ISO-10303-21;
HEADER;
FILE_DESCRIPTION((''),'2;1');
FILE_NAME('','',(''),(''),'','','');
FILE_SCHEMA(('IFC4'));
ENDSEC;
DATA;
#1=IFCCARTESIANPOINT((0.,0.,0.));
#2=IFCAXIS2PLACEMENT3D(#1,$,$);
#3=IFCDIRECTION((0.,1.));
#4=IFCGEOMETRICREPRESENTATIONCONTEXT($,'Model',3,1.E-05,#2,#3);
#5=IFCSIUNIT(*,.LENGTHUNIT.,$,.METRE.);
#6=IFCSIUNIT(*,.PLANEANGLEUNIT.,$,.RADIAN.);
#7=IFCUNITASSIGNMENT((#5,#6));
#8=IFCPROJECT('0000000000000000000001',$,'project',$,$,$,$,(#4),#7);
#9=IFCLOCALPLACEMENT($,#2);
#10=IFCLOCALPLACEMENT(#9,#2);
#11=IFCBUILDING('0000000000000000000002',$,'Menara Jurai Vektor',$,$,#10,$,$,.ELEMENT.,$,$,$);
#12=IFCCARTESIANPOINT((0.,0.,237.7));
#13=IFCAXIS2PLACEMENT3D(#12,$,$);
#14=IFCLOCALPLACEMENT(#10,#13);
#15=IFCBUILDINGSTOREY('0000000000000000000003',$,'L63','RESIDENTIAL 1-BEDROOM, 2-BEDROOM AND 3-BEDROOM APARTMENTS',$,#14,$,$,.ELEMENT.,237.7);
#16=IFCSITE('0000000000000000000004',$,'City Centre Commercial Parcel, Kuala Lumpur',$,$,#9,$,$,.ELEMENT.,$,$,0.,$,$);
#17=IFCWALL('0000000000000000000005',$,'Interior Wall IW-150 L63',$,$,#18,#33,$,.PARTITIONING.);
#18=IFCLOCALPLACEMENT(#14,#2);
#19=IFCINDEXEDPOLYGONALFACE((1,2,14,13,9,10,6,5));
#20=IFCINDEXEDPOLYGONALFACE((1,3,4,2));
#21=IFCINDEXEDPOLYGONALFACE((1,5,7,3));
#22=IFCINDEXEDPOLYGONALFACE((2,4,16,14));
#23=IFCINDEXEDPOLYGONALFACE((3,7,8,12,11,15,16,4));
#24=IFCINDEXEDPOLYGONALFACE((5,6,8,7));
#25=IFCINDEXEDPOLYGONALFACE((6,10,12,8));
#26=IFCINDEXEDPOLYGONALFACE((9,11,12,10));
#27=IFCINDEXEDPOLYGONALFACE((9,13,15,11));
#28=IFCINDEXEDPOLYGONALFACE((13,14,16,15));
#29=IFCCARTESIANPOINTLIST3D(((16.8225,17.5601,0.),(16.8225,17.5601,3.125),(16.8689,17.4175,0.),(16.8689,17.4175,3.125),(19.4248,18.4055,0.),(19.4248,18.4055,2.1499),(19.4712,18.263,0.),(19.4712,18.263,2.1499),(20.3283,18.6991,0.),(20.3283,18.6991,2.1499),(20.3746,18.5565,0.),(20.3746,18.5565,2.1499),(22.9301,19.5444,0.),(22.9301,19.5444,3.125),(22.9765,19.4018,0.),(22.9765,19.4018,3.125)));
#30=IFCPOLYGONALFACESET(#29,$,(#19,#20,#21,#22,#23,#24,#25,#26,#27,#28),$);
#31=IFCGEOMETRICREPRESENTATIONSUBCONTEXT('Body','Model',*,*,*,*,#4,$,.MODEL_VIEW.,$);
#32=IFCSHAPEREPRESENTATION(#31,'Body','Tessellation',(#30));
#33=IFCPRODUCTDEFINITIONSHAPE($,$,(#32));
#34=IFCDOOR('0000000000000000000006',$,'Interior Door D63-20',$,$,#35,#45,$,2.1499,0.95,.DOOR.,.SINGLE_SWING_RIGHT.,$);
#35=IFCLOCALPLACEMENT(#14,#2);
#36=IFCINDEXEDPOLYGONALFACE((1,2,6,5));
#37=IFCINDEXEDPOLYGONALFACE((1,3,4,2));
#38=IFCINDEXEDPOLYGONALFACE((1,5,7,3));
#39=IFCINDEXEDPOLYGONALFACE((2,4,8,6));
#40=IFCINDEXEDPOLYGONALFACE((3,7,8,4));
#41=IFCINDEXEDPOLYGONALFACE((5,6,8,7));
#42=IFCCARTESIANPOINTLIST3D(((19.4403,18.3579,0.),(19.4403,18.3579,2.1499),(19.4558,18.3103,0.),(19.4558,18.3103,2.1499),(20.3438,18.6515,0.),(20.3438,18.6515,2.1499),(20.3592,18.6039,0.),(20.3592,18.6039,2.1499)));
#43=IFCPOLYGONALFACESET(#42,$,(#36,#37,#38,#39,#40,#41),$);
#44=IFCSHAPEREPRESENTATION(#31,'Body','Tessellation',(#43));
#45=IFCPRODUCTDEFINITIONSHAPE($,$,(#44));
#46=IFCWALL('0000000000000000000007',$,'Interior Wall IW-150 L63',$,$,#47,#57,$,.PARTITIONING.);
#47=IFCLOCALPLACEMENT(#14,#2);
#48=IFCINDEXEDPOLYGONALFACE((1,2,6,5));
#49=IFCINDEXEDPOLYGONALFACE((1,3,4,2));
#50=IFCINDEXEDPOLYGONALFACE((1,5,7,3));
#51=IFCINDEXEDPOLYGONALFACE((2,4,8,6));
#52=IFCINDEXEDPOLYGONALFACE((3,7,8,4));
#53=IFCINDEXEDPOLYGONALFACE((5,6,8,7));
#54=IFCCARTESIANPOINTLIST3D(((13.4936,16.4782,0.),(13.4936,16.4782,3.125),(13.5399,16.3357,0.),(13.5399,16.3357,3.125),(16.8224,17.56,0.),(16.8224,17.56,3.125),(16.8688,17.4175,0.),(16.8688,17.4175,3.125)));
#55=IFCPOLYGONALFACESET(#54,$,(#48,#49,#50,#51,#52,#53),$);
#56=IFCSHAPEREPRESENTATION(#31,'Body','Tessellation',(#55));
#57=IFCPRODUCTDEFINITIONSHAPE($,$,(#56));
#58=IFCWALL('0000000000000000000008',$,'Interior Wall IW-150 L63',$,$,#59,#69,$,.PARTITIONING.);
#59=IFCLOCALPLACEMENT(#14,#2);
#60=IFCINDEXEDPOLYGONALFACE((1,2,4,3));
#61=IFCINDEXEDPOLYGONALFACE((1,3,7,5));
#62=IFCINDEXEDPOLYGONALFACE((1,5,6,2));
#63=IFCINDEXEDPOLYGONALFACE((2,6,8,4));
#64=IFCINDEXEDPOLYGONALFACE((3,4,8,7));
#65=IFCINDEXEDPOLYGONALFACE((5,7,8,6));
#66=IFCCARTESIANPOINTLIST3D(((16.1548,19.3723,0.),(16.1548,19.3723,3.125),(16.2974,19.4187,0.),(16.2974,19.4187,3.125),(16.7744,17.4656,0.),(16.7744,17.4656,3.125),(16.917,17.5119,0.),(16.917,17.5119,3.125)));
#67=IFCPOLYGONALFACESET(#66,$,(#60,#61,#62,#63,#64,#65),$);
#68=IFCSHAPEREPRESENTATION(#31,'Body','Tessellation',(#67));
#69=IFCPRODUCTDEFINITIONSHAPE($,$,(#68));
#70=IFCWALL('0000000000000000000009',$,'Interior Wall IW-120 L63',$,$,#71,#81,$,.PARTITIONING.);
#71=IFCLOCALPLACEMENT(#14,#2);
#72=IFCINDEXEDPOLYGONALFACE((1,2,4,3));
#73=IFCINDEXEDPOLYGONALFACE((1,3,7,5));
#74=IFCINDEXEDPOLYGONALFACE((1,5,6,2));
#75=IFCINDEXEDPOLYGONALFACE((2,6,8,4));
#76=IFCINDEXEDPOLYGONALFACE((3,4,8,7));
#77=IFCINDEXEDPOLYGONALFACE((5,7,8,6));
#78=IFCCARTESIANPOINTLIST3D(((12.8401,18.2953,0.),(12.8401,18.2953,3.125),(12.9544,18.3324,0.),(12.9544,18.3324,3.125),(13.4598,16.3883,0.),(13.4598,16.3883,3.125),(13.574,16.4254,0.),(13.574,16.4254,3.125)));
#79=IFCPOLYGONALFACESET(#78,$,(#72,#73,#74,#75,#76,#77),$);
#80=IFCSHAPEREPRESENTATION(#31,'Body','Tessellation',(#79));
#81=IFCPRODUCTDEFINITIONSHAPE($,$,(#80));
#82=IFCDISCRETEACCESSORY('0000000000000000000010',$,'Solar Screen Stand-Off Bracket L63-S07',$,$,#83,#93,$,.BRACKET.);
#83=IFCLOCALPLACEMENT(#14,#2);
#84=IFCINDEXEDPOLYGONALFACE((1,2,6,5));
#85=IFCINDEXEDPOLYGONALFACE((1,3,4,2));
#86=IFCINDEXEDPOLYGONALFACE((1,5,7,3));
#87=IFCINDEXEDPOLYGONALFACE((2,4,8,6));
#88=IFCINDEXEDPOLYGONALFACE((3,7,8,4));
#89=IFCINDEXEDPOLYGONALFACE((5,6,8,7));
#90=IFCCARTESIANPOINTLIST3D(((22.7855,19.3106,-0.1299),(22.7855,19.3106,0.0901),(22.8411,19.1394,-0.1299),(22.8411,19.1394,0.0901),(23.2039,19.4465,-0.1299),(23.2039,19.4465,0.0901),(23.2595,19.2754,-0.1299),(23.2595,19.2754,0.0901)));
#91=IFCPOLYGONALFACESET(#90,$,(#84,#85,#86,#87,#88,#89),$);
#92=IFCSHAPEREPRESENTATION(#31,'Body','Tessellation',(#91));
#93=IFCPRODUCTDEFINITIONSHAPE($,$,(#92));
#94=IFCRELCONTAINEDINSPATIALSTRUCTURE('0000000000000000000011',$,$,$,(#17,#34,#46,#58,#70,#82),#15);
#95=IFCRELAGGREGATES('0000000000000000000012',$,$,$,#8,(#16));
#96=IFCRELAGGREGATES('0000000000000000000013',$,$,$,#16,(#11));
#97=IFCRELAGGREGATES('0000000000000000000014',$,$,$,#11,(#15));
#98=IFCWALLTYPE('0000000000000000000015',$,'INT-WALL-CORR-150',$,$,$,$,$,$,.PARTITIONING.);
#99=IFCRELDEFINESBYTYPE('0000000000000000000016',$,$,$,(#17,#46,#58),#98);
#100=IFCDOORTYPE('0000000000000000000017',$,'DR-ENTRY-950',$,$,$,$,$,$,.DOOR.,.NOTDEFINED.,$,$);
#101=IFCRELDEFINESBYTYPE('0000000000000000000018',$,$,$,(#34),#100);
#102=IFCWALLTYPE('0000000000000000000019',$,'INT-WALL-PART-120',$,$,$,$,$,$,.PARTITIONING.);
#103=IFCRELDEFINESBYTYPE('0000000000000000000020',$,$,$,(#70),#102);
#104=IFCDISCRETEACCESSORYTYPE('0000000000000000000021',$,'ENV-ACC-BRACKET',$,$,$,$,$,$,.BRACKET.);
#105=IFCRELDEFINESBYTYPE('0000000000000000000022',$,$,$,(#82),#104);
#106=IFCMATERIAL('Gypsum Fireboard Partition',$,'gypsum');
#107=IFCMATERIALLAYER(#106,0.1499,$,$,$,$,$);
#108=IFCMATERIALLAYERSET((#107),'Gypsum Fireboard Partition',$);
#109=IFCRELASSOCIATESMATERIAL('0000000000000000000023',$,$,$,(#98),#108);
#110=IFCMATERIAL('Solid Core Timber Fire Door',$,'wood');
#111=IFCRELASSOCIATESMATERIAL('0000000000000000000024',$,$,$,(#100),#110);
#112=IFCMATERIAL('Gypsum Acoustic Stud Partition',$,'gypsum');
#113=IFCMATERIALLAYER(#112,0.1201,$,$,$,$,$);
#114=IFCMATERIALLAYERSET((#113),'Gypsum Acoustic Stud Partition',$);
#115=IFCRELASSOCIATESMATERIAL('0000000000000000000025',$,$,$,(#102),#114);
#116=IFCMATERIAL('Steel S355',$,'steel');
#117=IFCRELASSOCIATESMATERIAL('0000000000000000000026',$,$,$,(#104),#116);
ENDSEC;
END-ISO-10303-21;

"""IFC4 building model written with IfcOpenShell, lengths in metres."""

from ifc_helpers import new_model, si_unit, direction, frame, frame_2d, origin, origin_2d, place, context, subcontext, project, spatial, rectangle, extrude, material, layer, layer_set, type_object, element, fill, save


model = new_model("IFC4")

# Units and contexts
model_context = context("Model", 3, precision=1e-05, world=origin(), true_north=direction((0.0, 1.0)))
body_context = subcontext(model_context, "Body", "Model", "MODEL_VIEW")
ifc_project = project(units=[si_unit("LENGTHUNIT", "METRE"), si_unit("PLANEANGLEUNIT", "RADIAN")], contexts=[model_context])

# Site, building, storey
site_placement = place(None, origin())
site = spatial("IfcSite", under=ifc_project, at=site_placement, Name="City Centre Commercial Parcel, Kuala Lumpur", CompositionType="ELEMENT", RefElevation=0.0)
building_placement = place(site_placement, origin())
building = spatial("IfcBuilding", under=site, at=building_placement, Name="Menara Jurai Vektor", CompositionType="ELEMENT")
storey_placement = place(building_placement, frame((0.0, 0.0, 237.7)))
storey = spatial("IfcBuildingStorey", under=building, at=storey_placement, Name="L63", Description="RESIDENTIAL 1-BEDROOM, 2-BEDROOM AND 3-BEDROOM APARTMENTS", CompositionType="ELEMENT", Elevation=237.7)

# Shared definitions
ifc_material_1 = material(Name="Steel S355", Category="steel")

# Wall, opening, door
ifc_material_2 = material(Name="Gypsum Fireboard Partition", Category="gypsum")
ifc_layer_1 = layer(ifc_material_2, 0.1499)
ifc_layer_set_1 = layer_set([ifc_layer_1], Name="Gypsum Fireboard Partition")
wall_type_1 = type_object("IfcWallType", Name="INT-WALL-CORR-150", PredefinedType="PARTITIONING", material=ifc_layer_set_1)
wall_1_placement = place(storey_placement, frame((16.8457, 17.4888, 0.0), z_axis=(0.0, 0.0, 1.0), x_axis=(0.951062, 0.308999, 0.0)))
wall_1 = element("IfcWall", 1, at=wall_1_placement, inside=storey, type_object=wall_type_1, Name="Interior Wall IW-150 L63", PredefinedType="PARTITIONING", context=body_context, shape_type="SweptSolid", body=[
    extrude(rectangle(XDim=6.4219, YDim=0.1499, at=frame_2d((3.2109, 0.0))), origin(), (0.0, 0.0, 1.0), 3.125),
])
opening_placement = place(wall_1_placement, frame((2.7361, 0.0, 0.0)))
opening = element("IfcOpeningElement", 2, at=opening_placement, cuts=wall_1, PredefinedType="OPENING", context=body_context, shape_type="SweptSolid", body=[
    extrude(rectangle(XDim=0.95, YDim=2.1499, at=frame_2d((0.4751, 1.075))), frame((0.0, 0.085, 0.0), z_axis=(0.0, -1.0, 0.0), x_axis=(1.0, 0.0, 0.0)), (0.0, 0.0, 1.0), 0.1699),
])
ifc_material_3 = material(Name="Solid Core Timber Fire Door", Category="wood")
door_type = type_object("IfcDoorType", Name="DR-ENTRY-950", OperationType="NOTDEFINED", PredefinedType="DOOR", material=ifc_material_3)
door_placement = place(opening_placement, origin())
door = element("IfcDoor", 3, at=door_placement, inside=storey, type_object=door_type, Name="Interior Door D63-20", OperationType="SINGLE_SWING_RIGHT", OverallHeight=2.1499, OverallWidth=0.95, PredefinedType="DOOR", context=body_context, shape_type="SweptSolid", body=[
    extrude(rectangle(XDim=0.95, YDim=2.1499, at=frame_2d((0.4751, 1.075))), frame((0.0, 0.0249, 0.0), z_axis=(0.0, -1.0, 0.0), x_axis=(1.0, 0.0, 0.0)), (0.0, 0.0, 1.0), 0.05),
])
fill(opening, door)

# Walls
wall_2_placement = place(storey_placement, frame((13.5168, 16.407, 0.0), z_axis=(0.0, 0.0, 1.0), x_axis=(0.951042, 0.309062, 0.0)))
element("IfcWall", 4, at=wall_2_placement, inside=storey, type_object=wall_type_1, Name="Interior Wall IW-150 L63", PredefinedType="PARTITIONING", context=body_context, shape_type="SweptSolid", body=[
    extrude(rectangle(XDim=3.5002, YDim=0.1499, at=frame_2d((1.75, 0.0))), origin(), (0.0, 0.0, 1.0), 3.125),
])
wall_3_placement = place(storey_placement, frame((16.8457, 17.4888, 0.0), z_axis=(0.0, 0.0, 1.0), x_axis=(-0.309059, 0.951043, 0.0)))
element("IfcWall", 5, at=wall_3_placement, inside=storey, type_object=wall_type_1, Name="Interior Wall IW-150 L63", PredefinedType="PARTITIONING", context=body_context, shape_type="SweptSolid", body=[
    extrude(rectangle(XDim=2.0049, YDim=0.1499, at=frame_2d((1.0024, 0.0))), origin(), (0.0, 0.0, 1.0), 3.125),
])
ifc_material_4 = material(Name="Gypsum Acoustic Stud Partition", Category="gypsum")
ifc_layer_2 = layer(ifc_material_4, 0.1201)
ifc_layer_set_2 = layer_set([ifc_layer_2], Name="Gypsum Acoustic Stud Partition")
wall_type_2 = type_object("IfcWallType", Name="INT-WALL-PART-120", PredefinedType="PARTITIONING", material=ifc_layer_set_2)
wall_4_placement = place(storey_placement, frame((13.5168, 16.407, 0.0), z_axis=(0.0, 0.0, 1.0), x_axis=(-0.309023, 0.951055, 0.0)))
element("IfcWall", 6, at=wall_4_placement, inside=storey, type_object=wall_type_2, Name="Interior Wall IW-120 L63", PredefinedType="PARTITIONING", context=body_context, shape_type="SweptSolid", body=[
    extrude(rectangle(XDim=2.0051, YDim=0.1201, at=frame_2d((1.0024, 0.0))), origin(), (0.0, 0.0, 1.0), 3.125),
])

# Discrete accessory
discrete_accessory_type = type_object("IfcDiscreteAccessoryType", Name="ENV-ACC-BRACKET", PredefinedType="BRACKET", material=ifc_material_1)
discrete_accessory_placement = place(storey_placement, frame((23.0225, 19.293, -0.1299), z_axis=(0.0, 0.0, 1.0), x_axis=(-0.309017, 0.951057, 0.0)))
element("IfcDiscreteAccessory", 7, at=discrete_accessory_placement, inside=storey, type_object=discrete_accessory_type, Name="Solar Screen Stand-Off Bracket L63-S07", PredefinedType="BRACKET", context=body_context, shape_type="SweptSolid", body=[
    extrude(rectangle(XDim=0.1799, YDim=0.4399, at=origin_2d()), origin(), (0.0, 0.0, 1.0), 0.22),
])

save(model, "model.ifc")
